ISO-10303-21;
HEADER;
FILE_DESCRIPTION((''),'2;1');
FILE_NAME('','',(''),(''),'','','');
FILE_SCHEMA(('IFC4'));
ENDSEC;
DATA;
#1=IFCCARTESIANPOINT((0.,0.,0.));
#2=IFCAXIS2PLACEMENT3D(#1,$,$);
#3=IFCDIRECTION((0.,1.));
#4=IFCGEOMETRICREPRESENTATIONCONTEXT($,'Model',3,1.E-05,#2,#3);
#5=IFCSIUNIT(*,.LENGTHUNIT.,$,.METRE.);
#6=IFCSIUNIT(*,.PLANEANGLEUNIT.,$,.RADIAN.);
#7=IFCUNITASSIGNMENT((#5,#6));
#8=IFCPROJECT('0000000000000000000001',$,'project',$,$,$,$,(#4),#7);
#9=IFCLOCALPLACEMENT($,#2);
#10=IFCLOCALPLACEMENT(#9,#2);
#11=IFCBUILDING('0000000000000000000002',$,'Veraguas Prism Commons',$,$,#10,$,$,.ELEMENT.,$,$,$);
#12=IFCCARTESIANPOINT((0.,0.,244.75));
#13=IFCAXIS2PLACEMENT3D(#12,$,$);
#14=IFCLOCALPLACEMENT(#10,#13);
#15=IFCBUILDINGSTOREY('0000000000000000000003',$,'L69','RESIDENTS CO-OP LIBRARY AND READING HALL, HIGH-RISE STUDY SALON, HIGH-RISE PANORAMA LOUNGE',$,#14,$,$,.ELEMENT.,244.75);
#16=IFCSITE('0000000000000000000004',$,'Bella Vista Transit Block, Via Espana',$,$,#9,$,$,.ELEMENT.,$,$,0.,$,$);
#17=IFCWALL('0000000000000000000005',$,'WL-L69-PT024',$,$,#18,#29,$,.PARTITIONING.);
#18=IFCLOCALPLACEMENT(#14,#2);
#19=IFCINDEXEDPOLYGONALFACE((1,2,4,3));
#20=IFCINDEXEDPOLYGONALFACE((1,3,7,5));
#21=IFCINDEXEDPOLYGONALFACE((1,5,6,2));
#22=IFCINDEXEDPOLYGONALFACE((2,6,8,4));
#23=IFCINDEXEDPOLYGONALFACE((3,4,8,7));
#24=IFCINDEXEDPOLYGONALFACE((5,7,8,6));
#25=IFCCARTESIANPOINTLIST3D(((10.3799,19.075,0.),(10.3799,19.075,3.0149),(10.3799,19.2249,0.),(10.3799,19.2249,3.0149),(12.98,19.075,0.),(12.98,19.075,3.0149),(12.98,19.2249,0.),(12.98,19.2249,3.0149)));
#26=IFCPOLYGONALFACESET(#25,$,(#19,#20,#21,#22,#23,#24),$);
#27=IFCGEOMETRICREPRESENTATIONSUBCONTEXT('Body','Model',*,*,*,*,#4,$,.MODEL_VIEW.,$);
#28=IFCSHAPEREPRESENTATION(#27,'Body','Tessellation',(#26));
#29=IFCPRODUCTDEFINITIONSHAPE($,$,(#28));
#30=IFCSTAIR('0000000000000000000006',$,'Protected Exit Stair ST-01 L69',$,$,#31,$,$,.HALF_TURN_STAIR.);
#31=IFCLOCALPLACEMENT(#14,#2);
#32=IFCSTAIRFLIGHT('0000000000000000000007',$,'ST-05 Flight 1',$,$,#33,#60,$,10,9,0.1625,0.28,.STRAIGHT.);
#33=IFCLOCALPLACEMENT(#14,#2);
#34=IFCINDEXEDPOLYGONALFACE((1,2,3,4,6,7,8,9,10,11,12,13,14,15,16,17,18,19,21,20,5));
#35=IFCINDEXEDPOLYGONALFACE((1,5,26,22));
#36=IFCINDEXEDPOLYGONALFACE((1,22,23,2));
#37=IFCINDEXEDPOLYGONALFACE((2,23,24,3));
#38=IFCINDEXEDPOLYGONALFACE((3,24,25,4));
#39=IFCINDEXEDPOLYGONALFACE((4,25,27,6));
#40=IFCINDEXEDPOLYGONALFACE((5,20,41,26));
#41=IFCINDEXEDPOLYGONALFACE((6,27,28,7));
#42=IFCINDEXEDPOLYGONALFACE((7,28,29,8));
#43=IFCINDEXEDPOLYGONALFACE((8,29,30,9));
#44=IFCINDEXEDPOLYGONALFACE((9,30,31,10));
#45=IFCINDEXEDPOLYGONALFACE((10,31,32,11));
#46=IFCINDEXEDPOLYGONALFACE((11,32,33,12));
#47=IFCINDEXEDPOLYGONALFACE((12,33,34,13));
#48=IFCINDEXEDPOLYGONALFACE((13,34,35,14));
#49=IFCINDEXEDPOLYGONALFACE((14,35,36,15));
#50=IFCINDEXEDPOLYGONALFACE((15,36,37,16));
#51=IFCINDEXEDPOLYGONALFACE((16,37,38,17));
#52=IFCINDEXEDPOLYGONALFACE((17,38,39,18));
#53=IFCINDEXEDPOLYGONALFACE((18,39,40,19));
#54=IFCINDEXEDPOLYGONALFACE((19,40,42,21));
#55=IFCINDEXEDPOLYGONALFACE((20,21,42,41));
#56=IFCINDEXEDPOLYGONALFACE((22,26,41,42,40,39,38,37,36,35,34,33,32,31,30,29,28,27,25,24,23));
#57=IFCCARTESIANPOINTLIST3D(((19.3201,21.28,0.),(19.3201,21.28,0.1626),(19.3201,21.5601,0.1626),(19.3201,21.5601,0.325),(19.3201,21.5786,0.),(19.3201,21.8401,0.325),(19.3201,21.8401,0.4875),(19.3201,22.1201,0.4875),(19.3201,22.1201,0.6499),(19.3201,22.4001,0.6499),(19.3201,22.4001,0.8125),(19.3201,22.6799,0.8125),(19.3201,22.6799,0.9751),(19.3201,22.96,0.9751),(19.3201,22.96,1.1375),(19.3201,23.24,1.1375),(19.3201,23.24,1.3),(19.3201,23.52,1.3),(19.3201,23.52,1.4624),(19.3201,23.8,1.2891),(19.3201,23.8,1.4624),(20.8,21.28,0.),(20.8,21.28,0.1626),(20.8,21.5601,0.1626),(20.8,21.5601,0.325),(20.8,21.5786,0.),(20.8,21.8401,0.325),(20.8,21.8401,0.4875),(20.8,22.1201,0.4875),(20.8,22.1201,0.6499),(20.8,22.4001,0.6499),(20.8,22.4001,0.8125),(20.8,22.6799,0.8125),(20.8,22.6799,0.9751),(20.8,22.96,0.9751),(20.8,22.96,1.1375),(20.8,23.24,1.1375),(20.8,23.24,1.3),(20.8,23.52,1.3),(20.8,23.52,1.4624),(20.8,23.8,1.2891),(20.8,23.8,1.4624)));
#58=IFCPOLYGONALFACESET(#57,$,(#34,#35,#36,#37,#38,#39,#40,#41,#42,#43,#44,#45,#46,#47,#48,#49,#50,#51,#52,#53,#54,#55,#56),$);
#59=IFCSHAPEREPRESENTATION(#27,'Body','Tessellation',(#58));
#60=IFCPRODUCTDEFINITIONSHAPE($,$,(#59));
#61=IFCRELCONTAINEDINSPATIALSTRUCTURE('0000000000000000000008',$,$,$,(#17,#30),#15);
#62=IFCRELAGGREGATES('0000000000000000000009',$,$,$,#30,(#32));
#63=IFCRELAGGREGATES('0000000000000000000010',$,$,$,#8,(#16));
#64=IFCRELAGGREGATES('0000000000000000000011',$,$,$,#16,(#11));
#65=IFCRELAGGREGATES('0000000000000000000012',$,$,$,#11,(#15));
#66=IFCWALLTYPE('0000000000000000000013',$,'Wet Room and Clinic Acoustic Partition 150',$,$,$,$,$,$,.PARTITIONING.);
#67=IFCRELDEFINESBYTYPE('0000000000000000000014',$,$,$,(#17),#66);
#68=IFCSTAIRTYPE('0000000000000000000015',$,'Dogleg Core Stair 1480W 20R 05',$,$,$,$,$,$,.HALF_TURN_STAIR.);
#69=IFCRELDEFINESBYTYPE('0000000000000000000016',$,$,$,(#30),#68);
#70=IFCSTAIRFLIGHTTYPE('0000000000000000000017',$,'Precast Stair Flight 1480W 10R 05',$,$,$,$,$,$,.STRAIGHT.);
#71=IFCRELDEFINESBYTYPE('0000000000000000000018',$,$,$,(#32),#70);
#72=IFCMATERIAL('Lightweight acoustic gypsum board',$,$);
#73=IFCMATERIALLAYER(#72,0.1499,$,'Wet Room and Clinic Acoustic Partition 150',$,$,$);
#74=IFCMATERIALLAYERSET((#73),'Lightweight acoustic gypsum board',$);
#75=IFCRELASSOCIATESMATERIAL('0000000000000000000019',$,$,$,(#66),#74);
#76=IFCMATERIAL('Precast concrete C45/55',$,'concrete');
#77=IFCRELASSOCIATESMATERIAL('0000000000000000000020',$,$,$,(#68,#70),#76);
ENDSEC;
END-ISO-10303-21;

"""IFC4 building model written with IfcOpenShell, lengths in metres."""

from ifc_helpers import new_model, si_unit, direction, frame, frame_2d, origin, place, context, subcontext, project, spatial, polyline, rectangle, outline, extrude, material, layer, layer_set, type_object, element, aggregate, save


model = new_model("IFC4")

# Units and contexts
model_context = context("Model", 3, precision=1e-05, world=origin(), true_north=direction((0.0, 1.0)))
body_context = subcontext(model_context, "Body", "Model", "MODEL_VIEW")
ifc_project = project(units=[si_unit("LENGTHUNIT", "METRE"), si_unit("PLANEANGLEUNIT", "RADIAN")], contexts=[model_context])

# Site, building, storey
site_placement = place(None, origin())
site = spatial("IfcSite", under=ifc_project, at=site_placement, Name="Bella Vista Transit Block, Via Espana", CompositionType="ELEMENT", RefElevation=0.0)
building_placement = place(site_placement, origin())
building = spatial("IfcBuilding", under=site, at=building_placement, Name="Veraguas Prism Commons", CompositionType="ELEMENT")
storey_placement = place(building_placement, frame((0.0, 0.0, 244.75)))
storey = spatial("IfcBuildingStorey", under=building, at=storey_placement, Name="L69", Description="RESIDENTS CO-OP LIBRARY AND READING HALL, HIGH-RISE STUDY SALON, HIGH-RISE PANORAMA LOUNGE", CompositionType="ELEMENT", Elevation=244.75)

# Wall
ifc_material_1 = material(Name="Lightweight acoustic gypsum board")
ifc_layer_1 = layer(ifc_material_1, 0.1499, Name="Wet Room and Clinic Acoustic Partition 150")
ifc_layer_set_1 = layer_set([ifc_layer_1], Name="Lightweight acoustic gypsum board")
wall_type_1 = type_object("IfcWallType", Name="Wet Room and Clinic Acoustic Partition 150", PredefinedType="PARTITIONING", material=ifc_layer_set_1)
for number, where, z_axis, x_axis, name in (
    (1, (12.98, 19.1499, 0.0), (0.0, 0.0, 1.0), (-1.0, 0.0, 0.0), "WL-L69-PT024"),
):
    element("IfcWall", number, at=place(storey_placement, frame(where, z_axis=z_axis, x_axis=x_axis)), inside=storey, type_object=wall_type_1, Name=name, PredefinedType="PARTITIONING", context=body_context, shape_type="SweptSolid", body=[
        extrude(rectangle(XDim=2.6001, YDim=0.1499, at=frame_2d((1.3, 0.0))), origin(), (0.0, 0.0, 1.0), 3.0149),
    ])

# Stair, stair flight
ifc_material_2 = material(Name="Precast concrete C45/55", Category="concrete")
stair_type = type_object("IfcStairType", Name="Dogleg Core Stair 1480W 20R 05", PredefinedType="HALF_TURN_STAIR", material=ifc_material_2)
stair_placement = place(storey_placement, origin())
stair = element("IfcStair", 2, at=stair_placement, inside=storey, type_object=stair_type, Name="Protected Exit Stair ST-01 L69", PredefinedType="HALF_TURN_STAIR")
stair_flight_type = type_object("IfcStairFlightType", Name="Precast Stair Flight 1480W 10R 05", PredefinedType="STRAIGHT", material=ifc_material_2)
stair_flight_placement = place(storey_placement, frame((20.0601, 21.28, 0.0), z_axis=(0.0, 0.0, 1.0), x_axis=(0.0, 1.0, 0.0)))
stair_flight = element("IfcStairFlight", 3, at=stair_flight_placement, type_object=stair_flight_type, Name="ST-05 Flight 1", NumberOfRisers=10, NumberOfTreads=9, PredefinedType="STRAIGHT", RiserHeight=0.1625, TreadLength=0.28, context=body_context, shape_type="SweptSolid", body=[
    extrude(outline(polyline([(0.0, 0.0), (0.0, 0.1626), (0.28, 0.1626), (0.28, 0.325), (0.5601, 0.325), (0.5601, 0.4875), (0.8401, 0.4875), (0.8401, 0.6499), (1.1201, 0.6499), (1.1201, 0.8125), (1.3999, 0.8125), (1.3999, 0.9751), (1.6799, 0.9751), (1.6799, 1.1375), (1.96, 1.1375), (1.96, 1.3), (2.24, 1.3), (2.24, 1.4624), (2.52, 1.4624), (2.52, 1.625), (2.52, 1.2891), (0.2986, 0.0), (0.0, 0.0)])), frame((0.0, 0.74, 0.0), z_axis=(0.0, -1.0, 0.0), x_axis=(1.0, 0.0, 0.0)), (0.0, 0.0, 1.0), 1.48),
])
aggregate(stair, [stair_flight])

save(model, "model.ifc")
